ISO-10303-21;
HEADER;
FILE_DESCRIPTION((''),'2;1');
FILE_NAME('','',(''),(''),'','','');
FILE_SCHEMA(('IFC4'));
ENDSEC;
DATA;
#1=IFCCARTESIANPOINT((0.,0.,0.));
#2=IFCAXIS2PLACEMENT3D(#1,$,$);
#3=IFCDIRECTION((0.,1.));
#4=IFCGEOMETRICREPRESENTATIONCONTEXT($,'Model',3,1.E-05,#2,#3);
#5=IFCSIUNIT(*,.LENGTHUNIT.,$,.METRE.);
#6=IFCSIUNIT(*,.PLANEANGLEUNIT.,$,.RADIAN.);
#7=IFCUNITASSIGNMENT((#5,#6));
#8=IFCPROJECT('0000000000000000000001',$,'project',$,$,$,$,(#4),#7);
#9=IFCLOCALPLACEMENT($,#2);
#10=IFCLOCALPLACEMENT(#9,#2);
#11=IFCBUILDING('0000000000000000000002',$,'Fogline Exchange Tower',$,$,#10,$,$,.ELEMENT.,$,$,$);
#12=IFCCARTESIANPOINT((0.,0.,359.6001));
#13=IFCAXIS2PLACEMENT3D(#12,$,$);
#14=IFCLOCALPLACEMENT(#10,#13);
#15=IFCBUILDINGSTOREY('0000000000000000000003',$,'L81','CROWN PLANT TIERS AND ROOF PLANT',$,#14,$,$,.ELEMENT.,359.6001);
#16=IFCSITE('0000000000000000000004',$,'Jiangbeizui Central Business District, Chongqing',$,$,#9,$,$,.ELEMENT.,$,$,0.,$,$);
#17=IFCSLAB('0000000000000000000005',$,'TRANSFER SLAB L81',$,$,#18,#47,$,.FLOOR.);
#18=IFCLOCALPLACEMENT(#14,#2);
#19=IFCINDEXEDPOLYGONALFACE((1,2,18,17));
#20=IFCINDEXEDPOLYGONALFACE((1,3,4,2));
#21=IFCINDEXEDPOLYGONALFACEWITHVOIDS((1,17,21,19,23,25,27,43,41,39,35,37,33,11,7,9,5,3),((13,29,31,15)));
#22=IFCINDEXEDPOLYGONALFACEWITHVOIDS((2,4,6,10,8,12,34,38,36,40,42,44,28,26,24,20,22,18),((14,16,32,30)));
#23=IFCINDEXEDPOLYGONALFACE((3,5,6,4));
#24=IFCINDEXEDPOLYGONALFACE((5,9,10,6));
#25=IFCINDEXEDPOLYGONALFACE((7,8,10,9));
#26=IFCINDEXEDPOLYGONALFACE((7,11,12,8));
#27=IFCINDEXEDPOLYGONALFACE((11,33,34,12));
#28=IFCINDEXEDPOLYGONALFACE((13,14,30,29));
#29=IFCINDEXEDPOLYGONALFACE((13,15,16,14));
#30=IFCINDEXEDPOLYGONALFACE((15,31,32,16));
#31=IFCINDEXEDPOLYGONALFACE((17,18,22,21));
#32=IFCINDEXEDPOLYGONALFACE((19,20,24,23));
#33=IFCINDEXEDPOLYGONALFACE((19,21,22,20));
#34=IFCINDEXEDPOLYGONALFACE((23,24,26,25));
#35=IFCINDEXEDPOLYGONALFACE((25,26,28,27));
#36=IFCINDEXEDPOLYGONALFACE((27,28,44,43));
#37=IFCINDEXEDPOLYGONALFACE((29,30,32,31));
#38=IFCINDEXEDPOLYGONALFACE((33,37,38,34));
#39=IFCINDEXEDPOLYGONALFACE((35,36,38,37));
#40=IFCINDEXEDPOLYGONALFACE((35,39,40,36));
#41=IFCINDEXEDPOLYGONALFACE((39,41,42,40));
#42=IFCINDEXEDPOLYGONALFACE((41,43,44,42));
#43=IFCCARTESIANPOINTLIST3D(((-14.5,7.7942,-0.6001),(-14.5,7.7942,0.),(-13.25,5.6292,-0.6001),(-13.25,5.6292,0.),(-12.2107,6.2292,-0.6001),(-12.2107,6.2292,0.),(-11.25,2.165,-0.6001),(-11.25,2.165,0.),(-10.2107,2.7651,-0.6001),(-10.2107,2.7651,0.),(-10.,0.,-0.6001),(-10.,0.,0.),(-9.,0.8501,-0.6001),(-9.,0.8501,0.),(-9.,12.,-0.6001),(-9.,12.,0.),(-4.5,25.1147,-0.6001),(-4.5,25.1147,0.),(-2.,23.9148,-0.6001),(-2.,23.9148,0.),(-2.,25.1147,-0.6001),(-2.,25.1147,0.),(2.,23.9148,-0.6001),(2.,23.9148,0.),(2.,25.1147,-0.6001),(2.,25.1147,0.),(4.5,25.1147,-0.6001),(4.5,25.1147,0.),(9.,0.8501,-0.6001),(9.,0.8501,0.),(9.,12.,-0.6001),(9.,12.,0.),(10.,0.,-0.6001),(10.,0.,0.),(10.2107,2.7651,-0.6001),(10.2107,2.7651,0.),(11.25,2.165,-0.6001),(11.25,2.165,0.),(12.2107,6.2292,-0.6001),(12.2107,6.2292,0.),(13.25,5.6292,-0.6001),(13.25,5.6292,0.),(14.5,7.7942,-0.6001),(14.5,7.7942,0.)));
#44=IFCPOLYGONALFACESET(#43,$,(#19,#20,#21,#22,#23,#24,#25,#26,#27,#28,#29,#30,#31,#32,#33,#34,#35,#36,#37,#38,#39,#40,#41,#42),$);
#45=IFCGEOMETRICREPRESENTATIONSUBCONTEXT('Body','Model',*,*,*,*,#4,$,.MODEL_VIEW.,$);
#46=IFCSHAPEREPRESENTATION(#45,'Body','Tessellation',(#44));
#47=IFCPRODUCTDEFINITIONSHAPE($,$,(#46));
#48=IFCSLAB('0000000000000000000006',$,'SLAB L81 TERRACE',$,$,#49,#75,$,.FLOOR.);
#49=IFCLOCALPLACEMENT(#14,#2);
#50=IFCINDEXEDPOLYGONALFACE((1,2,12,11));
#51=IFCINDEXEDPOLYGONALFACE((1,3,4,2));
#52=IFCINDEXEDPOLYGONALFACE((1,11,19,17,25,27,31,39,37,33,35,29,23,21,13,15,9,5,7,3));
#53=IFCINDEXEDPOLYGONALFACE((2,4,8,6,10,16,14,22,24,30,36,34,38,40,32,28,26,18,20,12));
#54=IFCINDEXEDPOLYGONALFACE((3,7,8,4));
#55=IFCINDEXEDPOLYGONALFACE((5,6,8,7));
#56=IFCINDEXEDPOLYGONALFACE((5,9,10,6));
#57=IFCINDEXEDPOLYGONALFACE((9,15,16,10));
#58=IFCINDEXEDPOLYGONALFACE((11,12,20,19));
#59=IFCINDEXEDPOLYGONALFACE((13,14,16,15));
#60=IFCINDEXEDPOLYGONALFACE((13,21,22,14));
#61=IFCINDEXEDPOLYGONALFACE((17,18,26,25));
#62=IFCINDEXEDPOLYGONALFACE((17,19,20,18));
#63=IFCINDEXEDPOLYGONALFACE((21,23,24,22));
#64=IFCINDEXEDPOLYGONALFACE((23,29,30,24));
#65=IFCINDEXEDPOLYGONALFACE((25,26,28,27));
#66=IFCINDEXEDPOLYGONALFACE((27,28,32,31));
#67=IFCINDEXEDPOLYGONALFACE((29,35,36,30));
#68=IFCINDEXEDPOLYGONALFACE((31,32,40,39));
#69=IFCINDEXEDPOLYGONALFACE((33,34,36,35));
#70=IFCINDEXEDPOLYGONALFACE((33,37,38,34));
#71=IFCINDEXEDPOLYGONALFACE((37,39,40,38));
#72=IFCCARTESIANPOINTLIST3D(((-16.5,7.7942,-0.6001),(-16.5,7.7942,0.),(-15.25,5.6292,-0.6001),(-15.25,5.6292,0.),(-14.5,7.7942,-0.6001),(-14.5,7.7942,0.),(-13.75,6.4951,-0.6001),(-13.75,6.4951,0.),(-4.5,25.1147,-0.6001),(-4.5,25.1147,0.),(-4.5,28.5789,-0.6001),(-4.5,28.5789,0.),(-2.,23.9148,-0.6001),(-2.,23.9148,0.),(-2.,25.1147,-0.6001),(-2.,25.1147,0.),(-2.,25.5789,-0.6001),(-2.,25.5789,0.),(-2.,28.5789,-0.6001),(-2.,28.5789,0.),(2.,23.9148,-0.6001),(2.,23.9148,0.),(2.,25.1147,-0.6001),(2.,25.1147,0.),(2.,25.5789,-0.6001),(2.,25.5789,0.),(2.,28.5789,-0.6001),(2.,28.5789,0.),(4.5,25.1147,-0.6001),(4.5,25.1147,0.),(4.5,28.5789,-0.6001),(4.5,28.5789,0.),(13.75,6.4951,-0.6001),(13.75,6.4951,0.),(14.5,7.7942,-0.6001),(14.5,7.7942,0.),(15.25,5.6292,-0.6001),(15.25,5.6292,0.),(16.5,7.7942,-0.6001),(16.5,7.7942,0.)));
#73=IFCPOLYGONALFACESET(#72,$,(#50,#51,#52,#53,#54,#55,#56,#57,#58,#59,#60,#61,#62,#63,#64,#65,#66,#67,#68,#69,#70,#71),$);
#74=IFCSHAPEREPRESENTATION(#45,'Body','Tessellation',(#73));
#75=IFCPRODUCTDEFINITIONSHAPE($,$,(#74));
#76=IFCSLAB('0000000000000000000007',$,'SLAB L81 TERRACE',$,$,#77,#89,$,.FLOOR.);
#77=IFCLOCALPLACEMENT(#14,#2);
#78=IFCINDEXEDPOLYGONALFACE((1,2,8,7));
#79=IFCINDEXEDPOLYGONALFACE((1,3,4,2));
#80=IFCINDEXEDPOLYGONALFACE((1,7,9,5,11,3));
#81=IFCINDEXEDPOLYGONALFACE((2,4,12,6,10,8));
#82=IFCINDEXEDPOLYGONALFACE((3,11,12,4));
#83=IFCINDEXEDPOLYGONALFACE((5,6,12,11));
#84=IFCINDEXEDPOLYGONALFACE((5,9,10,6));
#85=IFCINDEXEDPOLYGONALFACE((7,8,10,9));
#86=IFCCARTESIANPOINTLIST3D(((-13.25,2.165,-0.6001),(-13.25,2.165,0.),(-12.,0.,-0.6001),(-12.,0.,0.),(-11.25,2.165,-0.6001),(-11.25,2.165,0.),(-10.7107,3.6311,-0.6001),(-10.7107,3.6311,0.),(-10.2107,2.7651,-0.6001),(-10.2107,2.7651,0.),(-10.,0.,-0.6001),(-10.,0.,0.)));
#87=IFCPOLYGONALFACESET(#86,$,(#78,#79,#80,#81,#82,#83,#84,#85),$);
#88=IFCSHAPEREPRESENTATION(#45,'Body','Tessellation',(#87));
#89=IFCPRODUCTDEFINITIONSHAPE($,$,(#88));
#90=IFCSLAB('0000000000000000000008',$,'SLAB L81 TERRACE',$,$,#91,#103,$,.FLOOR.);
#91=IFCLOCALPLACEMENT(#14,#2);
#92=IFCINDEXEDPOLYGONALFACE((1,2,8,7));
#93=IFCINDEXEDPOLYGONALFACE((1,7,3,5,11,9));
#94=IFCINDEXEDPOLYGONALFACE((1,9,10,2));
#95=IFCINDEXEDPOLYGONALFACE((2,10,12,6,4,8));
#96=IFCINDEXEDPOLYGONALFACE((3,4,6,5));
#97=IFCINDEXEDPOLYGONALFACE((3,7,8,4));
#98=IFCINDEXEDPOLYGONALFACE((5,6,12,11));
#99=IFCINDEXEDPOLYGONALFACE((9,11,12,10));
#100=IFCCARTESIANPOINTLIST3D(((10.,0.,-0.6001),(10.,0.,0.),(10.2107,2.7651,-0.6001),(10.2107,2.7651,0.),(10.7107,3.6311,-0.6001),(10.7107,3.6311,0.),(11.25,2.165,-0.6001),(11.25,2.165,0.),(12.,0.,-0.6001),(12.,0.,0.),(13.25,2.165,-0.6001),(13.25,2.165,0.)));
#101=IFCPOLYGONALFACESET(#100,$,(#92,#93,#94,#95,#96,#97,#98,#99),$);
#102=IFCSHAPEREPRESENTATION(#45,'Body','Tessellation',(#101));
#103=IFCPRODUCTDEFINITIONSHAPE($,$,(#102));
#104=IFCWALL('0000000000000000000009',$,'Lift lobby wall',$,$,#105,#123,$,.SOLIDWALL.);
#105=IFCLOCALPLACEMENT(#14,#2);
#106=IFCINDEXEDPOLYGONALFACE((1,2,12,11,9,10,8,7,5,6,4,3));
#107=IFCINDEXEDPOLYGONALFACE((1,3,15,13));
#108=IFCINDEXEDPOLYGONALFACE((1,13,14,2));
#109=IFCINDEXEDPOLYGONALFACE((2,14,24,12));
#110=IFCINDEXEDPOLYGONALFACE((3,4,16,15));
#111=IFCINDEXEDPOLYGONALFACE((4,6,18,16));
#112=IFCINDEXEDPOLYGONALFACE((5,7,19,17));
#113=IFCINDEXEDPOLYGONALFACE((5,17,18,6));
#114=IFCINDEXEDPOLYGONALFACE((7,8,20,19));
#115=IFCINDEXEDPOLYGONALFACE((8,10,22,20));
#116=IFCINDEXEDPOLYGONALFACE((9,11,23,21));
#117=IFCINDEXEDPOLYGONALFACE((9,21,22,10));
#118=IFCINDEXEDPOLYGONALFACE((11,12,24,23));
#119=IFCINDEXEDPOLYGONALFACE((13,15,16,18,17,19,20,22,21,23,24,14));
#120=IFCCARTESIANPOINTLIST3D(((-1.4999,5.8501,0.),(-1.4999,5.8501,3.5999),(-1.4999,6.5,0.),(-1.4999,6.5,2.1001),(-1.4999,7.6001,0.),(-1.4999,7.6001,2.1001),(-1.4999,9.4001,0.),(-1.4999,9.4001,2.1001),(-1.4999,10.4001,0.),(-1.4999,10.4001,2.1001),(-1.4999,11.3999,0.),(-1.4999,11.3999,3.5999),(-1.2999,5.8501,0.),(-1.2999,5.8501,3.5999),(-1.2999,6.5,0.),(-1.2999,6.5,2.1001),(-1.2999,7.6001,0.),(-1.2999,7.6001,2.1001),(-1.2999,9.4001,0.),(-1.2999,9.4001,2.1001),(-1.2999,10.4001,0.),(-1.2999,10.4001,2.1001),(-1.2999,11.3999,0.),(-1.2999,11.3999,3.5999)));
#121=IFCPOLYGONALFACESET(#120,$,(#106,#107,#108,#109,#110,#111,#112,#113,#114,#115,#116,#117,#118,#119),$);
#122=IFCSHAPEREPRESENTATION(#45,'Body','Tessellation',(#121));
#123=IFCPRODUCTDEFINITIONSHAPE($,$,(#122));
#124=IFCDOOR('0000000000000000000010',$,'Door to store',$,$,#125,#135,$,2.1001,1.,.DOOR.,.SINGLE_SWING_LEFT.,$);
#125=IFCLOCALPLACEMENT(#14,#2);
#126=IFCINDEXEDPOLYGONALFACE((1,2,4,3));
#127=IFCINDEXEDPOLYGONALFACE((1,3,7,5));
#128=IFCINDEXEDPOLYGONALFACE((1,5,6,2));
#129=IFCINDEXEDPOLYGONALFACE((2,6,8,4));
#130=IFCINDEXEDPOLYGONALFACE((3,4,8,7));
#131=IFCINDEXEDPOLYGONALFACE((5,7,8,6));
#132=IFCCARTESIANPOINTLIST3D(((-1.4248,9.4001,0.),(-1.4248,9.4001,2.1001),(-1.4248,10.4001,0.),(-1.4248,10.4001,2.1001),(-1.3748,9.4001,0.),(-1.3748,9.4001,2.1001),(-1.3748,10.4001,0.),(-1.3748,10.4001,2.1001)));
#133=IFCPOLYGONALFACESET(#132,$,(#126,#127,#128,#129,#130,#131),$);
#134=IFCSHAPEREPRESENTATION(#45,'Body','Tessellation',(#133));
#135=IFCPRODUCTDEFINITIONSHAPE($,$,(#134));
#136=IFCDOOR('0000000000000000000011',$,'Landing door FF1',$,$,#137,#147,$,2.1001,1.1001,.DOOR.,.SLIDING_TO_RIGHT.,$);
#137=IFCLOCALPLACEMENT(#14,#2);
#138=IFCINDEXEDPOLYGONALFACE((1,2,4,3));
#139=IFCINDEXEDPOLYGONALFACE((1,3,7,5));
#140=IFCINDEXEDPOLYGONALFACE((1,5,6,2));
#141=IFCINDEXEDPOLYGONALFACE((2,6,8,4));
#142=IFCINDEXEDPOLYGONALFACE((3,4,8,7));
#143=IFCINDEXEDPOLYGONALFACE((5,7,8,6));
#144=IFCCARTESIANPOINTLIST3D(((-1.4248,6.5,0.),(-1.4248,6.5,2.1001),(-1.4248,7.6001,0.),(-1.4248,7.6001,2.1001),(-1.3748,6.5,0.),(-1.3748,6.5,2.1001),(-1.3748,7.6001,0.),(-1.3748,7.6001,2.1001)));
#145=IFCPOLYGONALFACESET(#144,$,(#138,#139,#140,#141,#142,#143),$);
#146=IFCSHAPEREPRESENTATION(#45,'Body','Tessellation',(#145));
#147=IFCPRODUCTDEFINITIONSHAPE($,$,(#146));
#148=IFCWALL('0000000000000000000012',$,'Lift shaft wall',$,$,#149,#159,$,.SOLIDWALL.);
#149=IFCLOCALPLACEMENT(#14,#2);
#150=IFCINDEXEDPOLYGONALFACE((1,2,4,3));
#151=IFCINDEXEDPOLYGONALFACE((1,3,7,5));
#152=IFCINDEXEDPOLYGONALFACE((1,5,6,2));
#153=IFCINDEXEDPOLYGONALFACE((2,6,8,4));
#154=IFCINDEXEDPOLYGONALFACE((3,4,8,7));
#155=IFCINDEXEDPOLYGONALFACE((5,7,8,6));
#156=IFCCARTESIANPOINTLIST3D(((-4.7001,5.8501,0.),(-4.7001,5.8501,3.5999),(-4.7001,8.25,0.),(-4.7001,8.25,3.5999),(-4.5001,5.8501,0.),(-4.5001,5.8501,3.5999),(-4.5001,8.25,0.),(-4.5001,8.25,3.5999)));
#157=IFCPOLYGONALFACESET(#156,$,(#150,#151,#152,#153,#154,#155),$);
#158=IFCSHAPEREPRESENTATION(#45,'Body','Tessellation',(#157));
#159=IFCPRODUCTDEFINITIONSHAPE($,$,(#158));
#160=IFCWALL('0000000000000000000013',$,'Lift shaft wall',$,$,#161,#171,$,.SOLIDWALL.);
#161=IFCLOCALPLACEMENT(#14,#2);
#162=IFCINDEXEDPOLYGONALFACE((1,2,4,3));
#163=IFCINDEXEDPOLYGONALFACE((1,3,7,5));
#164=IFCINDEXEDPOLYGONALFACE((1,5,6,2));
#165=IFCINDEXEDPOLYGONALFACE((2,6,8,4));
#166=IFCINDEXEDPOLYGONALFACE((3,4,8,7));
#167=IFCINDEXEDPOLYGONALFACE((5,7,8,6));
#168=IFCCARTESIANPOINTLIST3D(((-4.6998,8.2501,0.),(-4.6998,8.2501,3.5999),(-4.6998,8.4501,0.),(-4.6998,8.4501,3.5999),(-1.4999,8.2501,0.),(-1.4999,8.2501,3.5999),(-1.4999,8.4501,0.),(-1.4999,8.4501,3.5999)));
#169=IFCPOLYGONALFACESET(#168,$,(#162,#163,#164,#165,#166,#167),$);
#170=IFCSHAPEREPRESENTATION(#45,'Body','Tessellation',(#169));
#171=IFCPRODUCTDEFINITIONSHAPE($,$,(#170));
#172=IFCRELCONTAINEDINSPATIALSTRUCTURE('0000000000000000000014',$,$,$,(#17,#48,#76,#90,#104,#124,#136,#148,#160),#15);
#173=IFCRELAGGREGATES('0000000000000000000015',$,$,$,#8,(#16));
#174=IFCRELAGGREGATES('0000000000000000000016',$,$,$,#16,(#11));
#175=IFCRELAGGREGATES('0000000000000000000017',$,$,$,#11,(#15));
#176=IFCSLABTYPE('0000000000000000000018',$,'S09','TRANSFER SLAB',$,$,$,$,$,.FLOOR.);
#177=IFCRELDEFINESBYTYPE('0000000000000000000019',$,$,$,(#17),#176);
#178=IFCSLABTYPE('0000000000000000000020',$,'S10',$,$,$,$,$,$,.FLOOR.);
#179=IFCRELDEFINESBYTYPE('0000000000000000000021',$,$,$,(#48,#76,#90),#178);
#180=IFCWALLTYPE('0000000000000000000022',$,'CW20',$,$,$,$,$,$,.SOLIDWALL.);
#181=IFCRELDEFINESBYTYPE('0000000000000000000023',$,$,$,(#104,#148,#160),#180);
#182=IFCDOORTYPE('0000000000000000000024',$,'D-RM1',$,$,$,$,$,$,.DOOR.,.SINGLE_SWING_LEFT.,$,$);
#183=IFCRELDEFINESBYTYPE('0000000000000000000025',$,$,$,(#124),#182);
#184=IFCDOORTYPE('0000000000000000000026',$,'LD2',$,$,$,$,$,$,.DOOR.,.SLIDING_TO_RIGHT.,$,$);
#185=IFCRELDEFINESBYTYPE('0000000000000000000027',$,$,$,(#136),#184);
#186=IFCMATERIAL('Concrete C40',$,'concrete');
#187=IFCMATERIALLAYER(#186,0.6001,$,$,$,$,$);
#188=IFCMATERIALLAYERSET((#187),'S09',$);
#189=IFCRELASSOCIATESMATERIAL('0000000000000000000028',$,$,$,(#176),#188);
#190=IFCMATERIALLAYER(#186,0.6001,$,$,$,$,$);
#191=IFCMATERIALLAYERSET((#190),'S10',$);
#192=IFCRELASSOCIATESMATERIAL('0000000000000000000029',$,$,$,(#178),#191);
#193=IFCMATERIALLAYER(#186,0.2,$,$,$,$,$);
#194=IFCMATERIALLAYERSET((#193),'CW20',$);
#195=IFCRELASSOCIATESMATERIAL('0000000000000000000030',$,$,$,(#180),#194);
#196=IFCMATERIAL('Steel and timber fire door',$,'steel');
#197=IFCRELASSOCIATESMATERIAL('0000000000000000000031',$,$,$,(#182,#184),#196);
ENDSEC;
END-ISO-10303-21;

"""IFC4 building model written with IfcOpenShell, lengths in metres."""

from ifc_helpers import new_model, si_unit, direction, frame, frame_2d, origin, place, context, subcontext, project, spatial, polyline, rectangle, outline, extrude, material, layer, layer_set, type_object, element, fill, save


model = new_model("IFC4")

# Units and contexts
model_context = context("Model", 3, precision=1e-05, world=origin(), true_north=direction((0.0, 1.0)))
body_context = subcontext(model_context, "Body", "Model", "MODEL_VIEW")
ifc_project = project(units=[si_unit("LENGTHUNIT", "METRE"), si_unit("PLANEANGLEUNIT", "RADIAN")], contexts=[model_context])

# Site, building, storey
site_placement = place(None, origin())
site = spatial("IfcSite", under=ifc_project, at=site_placement, Name="Jiangbeizui Central Business District, Chongqing", CompositionType="ELEMENT", RefElevation=0.0)
building_placement = place(site_placement, origin())
building = spatial("IfcBuilding", under=site, at=building_placement, Name="Fogline Exchange Tower", CompositionType="ELEMENT")
storey_placement = place(building_placement, frame((0.0, 0.0, 359.6001)))
storey = spatial("IfcBuildingStorey", under=building, at=storey_placement, Name="L81", Description="CROWN PLANT TIERS AND ROOF PLANT", CompositionType="ELEMENT", Elevation=359.6001)

# Slabs
ifc_material_1 = material(Name="Concrete C40", Category="concrete")
ifc_layer_1 = layer(ifc_material_1, 0.6001)
ifc_layer_set_1 = layer_set([ifc_layer_1], Name="S09")
slab_type_1 = type_object("IfcSlabType", Name="S09", Description="TRANSFER SLAB", PredefinedType="FLOOR", material=ifc_layer_set_1)
slab_1_placement = place(storey_placement, frame((0.0, 0.0, -0.6001)))
element("IfcSlab", 1, at=slab_1_placement, inside=storey, type_object=slab_type_1, Name="TRANSFER SLAB L81", PredefinedType="FLOOR", context=body_context, shape_type="SweptSolid", body=[
    extrude(outline(polyline([(-4.5, 25.1147), (-14.5, 7.7942), (-13.25, 5.6292), (-12.2107, 6.2292), (-10.2107, 2.7651), (-11.25, 2.165), (-10.0, 0.0), (10.0, 0.0), (11.25, 2.165), (10.2107, 2.7651), (12.2107, 6.2292), (13.25, 5.6292), (14.5, 7.7942), (4.5, 25.1147), (2.0, 25.1147), (2.0, 23.9148), (-2.0, 23.9148), (-2.0, 25.1147), (-4.5, 25.1147)]), holes=[polyline([(9.0, 0.8501), (-9.0, 0.8501), (-9.0, 12.0), (9.0, 12.0), (9.0, 0.8501)])]), origin(), (0.0, 0.0, 1.0), 0.6001),
])
ifc_layer_2 = layer(ifc_material_1, 0.6001)
ifc_layer_set_2 = layer_set([ifc_layer_2], Name="S10")
slab_type_2 = type_object("IfcSlabType", Name="S10", PredefinedType="FLOOR", material=ifc_layer_set_2)
slab_2_placement = place(storey_placement, frame((0.0, 0.0, -0.6001)))
element("IfcSlab", 2, at=slab_2_placement, inside=storey, type_object=slab_type_2, Name="SLAB L81 TERRACE", PredefinedType="FLOOR", context=body_context, shape_type="SweptSolid", body=[
    extrude(outline(polyline([(-15.25, 5.6292), (-13.75, 6.4951), (-14.5, 7.7942), (-4.5, 25.1147), (-2.0, 25.1147), (-2.0, 23.9148), (2.0, 23.9148), (2.0, 25.1147), (4.5, 25.1147), (14.5, 7.7942), (13.75, 6.4951), (15.25, 5.6292), (16.5, 7.7942), (4.5, 28.5789), (2.0, 28.5789), (2.0, 25.5789), (-2.0, 25.5789), (-2.0, 28.5789), (-4.5, 28.5789), (-16.5, 7.7942), (-15.25, 5.6292)])), origin(), (0.0, 0.0, 1.0), 0.6001),
])
slab_3_placement = place(storey_placement, frame((0.0, 0.0, -0.6001)))
element("IfcSlab", 3, at=slab_3_placement, inside=storey, type_object=slab_type_2, Name="SLAB L81 TERRACE", PredefinedType="FLOOR", context=body_context, shape_type="SweptSolid", body=[
    extrude(outline(polyline([(-12.0, 0.0), (-10.0, 0.0), (-11.25, 2.165), (-10.2107, 2.7651), (-10.7107, 3.6311), (-13.25, 2.165), (-12.0, 0.0)])), origin(), (0.0, 0.0, 1.0), 0.6001),
])
slab_4_placement = place(storey_placement, frame((0.0, 0.0, -0.6001)))
element("IfcSlab", 4, at=slab_4_placement, inside=storey, type_object=slab_type_2, Name="SLAB L81 TERRACE", PredefinedType="FLOOR", context=body_context, shape_type="SweptSolid", body=[
    extrude(outline(polyline([(13.25, 2.165), (10.7107, 3.6311), (10.2107, 2.7651), (11.25, 2.165), (10.0, 0.0), (12.0, 0.0), (13.25, 2.165)])), origin(), (0.0, 0.0, 1.0), 0.6001),
])

# Wall, openings, doors
ifc_layer_3 = layer(ifc_material_1, 0.2)
ifc_layer_set_3 = layer_set([ifc_layer_3], Name="CW20")
wall_type_1 = type_object("IfcWallType", Name="CW20", PredefinedType="SOLIDWALL", material=ifc_layer_set_3)
wall_1_placement = place(storey_placement, frame((-1.3999, 5.8501, 0.0), z_axis=(0.0, 0.0, 1.0), x_axis=(0.0, 1.0, 0.0)))
wall_1 = element("IfcWall", 5, at=wall_1_placement, inside=storey, type_object=wall_type_1, Name="Lift lobby wall", PredefinedType="SOLIDWALL", context=body_context, shape_type="SweptSolid", body=[
    extrude(rectangle(XDim=5.5498, YDim=0.2, at=frame_2d((2.7749, 0.0))), origin(), (0.0, 0.0, 1.0), 3.5999),
])
opening_1_placement = place(wall_1_placement, frame((0.6499, 0.0, 0.0)))
opening_1 = element("IfcOpeningElement", 6, at=opening_1_placement, cuts=wall_1, PredefinedType="OPENING", context=body_context, shape_type="SweptSolid", body=[
    extrude(rectangle(XDim=1.1001, YDim=2.1001, at=frame_2d((0.55, 1.05))), frame((0.0, 0.1099, 0.0), z_axis=(0.0, -1.0, 0.0), x_axis=(1.0, 0.0, 0.0)), (0.0, 0.0, 1.0), 0.22),
])
opening_2_placement = place(wall_1_placement, frame((3.55, 0.0, 0.0)))
opening_2 = element("IfcOpeningElement", 7, at=opening_2_placement, cuts=wall_1, PredefinedType="OPENING", context=body_context, shape_type="SweptSolid", body=[
    extrude(rectangle(XDim=1.0, YDim=2.1001, at=frame_2d((0.5, 1.05))), frame((0.0, 0.1099, 0.0), z_axis=(0.0, -1.0, 0.0), x_axis=(1.0, 0.0, 0.0)), (0.0, 0.0, 1.0), 0.22),
])
ifc_material_2 = material(Name="Steel and timber fire door", Category="steel")
door_type_1 = type_object("IfcDoorType", Name="D-RM1", OperationType="SINGLE_SWING_LEFT", PredefinedType="DOOR", material=ifc_material_2)
door_1_placement = place(opening_2_placement, origin())
door_1 = element("IfcDoor", 8, at=door_1_placement, inside=storey, type_object=door_type_1, Name="Door to store", OperationType="SINGLE_SWING_LEFT", OverallHeight=2.1001, OverallWidth=1.0, PredefinedType="DOOR", context=body_context, shape_type="SweptSolid", body=[
    extrude(rectangle(XDim=1.0, YDim=2.1001, at=frame_2d((0.5, 1.05))), frame((0.0, 0.0249, 0.0), z_axis=(0.0, -1.0, 0.0), x_axis=(1.0, 0.0, 0.0)), (0.0, 0.0, 1.0), 0.05),
])
fill(opening_2, door_1)
door_type_2 = type_object("IfcDoorType", Name="LD2", OperationType="SLIDING_TO_RIGHT", PredefinedType="DOOR", material=ifc_material_2)
door_2_placement = place(opening_1_placement, origin())
door_2 = element("IfcDoor", 9, at=door_2_placement, inside=storey, type_object=door_type_2, Name="Landing door FF1", OperationType="SLIDING_TO_RIGHT", OverallHeight=2.1001, OverallWidth=1.1001, PredefinedType="DOOR", context=body_context, shape_type="SweptSolid", body=[
    extrude(rectangle(XDim=1.1001, YDim=2.1001, at=frame_2d((0.55, 1.05))), frame((0.0, 0.0249, 0.0), z_axis=(0.0, -1.0, 0.0), x_axis=(1.0, 0.0, 0.0)), (0.0, 0.0, 1.0), 0.05),
])
fill(opening_1, door_2)

# Walls
wall_2_placement = place(storey_placement, frame((-4.6001, 5.8501, 0.0), z_axis=(0.0, 0.0, 1.0), x_axis=(0.0, 1.0, 0.0)))
element("IfcWall", 10, at=wall_2_placement, inside=storey, type_object=wall_type_1, Name="Lift shaft wall", PredefinedType="SOLIDWALL", context=body_context, shape_type="SweptSolid", body=[
    extrude(rectangle(XDim=2.3999, YDim=0.2, at=frame_2d((1.2, 0.0))), origin(), (0.0, 0.0, 1.0), 3.5999),
])
wall_3_placement = place(storey_placement, frame((-4.7, 8.3501, 0.0), z_axis=(0.0, 0.0, 1.0), x_axis=(1.0, 0.0, 0.0)))
element("IfcWall", 11, at=wall_3_placement, inside=storey, type_object=wall_type_1, Name="Lift shaft wall", PredefinedType="SOLIDWALL", context=body_context, shape_type="SweptSolid", body=[
    extrude(rectangle(XDim=3.2, YDim=0.2, at=frame_2d((1.6001, 0.0))), origin(), (0.0, 0.0, 1.0), 3.5999),
])

save(model, "model.ifc")
